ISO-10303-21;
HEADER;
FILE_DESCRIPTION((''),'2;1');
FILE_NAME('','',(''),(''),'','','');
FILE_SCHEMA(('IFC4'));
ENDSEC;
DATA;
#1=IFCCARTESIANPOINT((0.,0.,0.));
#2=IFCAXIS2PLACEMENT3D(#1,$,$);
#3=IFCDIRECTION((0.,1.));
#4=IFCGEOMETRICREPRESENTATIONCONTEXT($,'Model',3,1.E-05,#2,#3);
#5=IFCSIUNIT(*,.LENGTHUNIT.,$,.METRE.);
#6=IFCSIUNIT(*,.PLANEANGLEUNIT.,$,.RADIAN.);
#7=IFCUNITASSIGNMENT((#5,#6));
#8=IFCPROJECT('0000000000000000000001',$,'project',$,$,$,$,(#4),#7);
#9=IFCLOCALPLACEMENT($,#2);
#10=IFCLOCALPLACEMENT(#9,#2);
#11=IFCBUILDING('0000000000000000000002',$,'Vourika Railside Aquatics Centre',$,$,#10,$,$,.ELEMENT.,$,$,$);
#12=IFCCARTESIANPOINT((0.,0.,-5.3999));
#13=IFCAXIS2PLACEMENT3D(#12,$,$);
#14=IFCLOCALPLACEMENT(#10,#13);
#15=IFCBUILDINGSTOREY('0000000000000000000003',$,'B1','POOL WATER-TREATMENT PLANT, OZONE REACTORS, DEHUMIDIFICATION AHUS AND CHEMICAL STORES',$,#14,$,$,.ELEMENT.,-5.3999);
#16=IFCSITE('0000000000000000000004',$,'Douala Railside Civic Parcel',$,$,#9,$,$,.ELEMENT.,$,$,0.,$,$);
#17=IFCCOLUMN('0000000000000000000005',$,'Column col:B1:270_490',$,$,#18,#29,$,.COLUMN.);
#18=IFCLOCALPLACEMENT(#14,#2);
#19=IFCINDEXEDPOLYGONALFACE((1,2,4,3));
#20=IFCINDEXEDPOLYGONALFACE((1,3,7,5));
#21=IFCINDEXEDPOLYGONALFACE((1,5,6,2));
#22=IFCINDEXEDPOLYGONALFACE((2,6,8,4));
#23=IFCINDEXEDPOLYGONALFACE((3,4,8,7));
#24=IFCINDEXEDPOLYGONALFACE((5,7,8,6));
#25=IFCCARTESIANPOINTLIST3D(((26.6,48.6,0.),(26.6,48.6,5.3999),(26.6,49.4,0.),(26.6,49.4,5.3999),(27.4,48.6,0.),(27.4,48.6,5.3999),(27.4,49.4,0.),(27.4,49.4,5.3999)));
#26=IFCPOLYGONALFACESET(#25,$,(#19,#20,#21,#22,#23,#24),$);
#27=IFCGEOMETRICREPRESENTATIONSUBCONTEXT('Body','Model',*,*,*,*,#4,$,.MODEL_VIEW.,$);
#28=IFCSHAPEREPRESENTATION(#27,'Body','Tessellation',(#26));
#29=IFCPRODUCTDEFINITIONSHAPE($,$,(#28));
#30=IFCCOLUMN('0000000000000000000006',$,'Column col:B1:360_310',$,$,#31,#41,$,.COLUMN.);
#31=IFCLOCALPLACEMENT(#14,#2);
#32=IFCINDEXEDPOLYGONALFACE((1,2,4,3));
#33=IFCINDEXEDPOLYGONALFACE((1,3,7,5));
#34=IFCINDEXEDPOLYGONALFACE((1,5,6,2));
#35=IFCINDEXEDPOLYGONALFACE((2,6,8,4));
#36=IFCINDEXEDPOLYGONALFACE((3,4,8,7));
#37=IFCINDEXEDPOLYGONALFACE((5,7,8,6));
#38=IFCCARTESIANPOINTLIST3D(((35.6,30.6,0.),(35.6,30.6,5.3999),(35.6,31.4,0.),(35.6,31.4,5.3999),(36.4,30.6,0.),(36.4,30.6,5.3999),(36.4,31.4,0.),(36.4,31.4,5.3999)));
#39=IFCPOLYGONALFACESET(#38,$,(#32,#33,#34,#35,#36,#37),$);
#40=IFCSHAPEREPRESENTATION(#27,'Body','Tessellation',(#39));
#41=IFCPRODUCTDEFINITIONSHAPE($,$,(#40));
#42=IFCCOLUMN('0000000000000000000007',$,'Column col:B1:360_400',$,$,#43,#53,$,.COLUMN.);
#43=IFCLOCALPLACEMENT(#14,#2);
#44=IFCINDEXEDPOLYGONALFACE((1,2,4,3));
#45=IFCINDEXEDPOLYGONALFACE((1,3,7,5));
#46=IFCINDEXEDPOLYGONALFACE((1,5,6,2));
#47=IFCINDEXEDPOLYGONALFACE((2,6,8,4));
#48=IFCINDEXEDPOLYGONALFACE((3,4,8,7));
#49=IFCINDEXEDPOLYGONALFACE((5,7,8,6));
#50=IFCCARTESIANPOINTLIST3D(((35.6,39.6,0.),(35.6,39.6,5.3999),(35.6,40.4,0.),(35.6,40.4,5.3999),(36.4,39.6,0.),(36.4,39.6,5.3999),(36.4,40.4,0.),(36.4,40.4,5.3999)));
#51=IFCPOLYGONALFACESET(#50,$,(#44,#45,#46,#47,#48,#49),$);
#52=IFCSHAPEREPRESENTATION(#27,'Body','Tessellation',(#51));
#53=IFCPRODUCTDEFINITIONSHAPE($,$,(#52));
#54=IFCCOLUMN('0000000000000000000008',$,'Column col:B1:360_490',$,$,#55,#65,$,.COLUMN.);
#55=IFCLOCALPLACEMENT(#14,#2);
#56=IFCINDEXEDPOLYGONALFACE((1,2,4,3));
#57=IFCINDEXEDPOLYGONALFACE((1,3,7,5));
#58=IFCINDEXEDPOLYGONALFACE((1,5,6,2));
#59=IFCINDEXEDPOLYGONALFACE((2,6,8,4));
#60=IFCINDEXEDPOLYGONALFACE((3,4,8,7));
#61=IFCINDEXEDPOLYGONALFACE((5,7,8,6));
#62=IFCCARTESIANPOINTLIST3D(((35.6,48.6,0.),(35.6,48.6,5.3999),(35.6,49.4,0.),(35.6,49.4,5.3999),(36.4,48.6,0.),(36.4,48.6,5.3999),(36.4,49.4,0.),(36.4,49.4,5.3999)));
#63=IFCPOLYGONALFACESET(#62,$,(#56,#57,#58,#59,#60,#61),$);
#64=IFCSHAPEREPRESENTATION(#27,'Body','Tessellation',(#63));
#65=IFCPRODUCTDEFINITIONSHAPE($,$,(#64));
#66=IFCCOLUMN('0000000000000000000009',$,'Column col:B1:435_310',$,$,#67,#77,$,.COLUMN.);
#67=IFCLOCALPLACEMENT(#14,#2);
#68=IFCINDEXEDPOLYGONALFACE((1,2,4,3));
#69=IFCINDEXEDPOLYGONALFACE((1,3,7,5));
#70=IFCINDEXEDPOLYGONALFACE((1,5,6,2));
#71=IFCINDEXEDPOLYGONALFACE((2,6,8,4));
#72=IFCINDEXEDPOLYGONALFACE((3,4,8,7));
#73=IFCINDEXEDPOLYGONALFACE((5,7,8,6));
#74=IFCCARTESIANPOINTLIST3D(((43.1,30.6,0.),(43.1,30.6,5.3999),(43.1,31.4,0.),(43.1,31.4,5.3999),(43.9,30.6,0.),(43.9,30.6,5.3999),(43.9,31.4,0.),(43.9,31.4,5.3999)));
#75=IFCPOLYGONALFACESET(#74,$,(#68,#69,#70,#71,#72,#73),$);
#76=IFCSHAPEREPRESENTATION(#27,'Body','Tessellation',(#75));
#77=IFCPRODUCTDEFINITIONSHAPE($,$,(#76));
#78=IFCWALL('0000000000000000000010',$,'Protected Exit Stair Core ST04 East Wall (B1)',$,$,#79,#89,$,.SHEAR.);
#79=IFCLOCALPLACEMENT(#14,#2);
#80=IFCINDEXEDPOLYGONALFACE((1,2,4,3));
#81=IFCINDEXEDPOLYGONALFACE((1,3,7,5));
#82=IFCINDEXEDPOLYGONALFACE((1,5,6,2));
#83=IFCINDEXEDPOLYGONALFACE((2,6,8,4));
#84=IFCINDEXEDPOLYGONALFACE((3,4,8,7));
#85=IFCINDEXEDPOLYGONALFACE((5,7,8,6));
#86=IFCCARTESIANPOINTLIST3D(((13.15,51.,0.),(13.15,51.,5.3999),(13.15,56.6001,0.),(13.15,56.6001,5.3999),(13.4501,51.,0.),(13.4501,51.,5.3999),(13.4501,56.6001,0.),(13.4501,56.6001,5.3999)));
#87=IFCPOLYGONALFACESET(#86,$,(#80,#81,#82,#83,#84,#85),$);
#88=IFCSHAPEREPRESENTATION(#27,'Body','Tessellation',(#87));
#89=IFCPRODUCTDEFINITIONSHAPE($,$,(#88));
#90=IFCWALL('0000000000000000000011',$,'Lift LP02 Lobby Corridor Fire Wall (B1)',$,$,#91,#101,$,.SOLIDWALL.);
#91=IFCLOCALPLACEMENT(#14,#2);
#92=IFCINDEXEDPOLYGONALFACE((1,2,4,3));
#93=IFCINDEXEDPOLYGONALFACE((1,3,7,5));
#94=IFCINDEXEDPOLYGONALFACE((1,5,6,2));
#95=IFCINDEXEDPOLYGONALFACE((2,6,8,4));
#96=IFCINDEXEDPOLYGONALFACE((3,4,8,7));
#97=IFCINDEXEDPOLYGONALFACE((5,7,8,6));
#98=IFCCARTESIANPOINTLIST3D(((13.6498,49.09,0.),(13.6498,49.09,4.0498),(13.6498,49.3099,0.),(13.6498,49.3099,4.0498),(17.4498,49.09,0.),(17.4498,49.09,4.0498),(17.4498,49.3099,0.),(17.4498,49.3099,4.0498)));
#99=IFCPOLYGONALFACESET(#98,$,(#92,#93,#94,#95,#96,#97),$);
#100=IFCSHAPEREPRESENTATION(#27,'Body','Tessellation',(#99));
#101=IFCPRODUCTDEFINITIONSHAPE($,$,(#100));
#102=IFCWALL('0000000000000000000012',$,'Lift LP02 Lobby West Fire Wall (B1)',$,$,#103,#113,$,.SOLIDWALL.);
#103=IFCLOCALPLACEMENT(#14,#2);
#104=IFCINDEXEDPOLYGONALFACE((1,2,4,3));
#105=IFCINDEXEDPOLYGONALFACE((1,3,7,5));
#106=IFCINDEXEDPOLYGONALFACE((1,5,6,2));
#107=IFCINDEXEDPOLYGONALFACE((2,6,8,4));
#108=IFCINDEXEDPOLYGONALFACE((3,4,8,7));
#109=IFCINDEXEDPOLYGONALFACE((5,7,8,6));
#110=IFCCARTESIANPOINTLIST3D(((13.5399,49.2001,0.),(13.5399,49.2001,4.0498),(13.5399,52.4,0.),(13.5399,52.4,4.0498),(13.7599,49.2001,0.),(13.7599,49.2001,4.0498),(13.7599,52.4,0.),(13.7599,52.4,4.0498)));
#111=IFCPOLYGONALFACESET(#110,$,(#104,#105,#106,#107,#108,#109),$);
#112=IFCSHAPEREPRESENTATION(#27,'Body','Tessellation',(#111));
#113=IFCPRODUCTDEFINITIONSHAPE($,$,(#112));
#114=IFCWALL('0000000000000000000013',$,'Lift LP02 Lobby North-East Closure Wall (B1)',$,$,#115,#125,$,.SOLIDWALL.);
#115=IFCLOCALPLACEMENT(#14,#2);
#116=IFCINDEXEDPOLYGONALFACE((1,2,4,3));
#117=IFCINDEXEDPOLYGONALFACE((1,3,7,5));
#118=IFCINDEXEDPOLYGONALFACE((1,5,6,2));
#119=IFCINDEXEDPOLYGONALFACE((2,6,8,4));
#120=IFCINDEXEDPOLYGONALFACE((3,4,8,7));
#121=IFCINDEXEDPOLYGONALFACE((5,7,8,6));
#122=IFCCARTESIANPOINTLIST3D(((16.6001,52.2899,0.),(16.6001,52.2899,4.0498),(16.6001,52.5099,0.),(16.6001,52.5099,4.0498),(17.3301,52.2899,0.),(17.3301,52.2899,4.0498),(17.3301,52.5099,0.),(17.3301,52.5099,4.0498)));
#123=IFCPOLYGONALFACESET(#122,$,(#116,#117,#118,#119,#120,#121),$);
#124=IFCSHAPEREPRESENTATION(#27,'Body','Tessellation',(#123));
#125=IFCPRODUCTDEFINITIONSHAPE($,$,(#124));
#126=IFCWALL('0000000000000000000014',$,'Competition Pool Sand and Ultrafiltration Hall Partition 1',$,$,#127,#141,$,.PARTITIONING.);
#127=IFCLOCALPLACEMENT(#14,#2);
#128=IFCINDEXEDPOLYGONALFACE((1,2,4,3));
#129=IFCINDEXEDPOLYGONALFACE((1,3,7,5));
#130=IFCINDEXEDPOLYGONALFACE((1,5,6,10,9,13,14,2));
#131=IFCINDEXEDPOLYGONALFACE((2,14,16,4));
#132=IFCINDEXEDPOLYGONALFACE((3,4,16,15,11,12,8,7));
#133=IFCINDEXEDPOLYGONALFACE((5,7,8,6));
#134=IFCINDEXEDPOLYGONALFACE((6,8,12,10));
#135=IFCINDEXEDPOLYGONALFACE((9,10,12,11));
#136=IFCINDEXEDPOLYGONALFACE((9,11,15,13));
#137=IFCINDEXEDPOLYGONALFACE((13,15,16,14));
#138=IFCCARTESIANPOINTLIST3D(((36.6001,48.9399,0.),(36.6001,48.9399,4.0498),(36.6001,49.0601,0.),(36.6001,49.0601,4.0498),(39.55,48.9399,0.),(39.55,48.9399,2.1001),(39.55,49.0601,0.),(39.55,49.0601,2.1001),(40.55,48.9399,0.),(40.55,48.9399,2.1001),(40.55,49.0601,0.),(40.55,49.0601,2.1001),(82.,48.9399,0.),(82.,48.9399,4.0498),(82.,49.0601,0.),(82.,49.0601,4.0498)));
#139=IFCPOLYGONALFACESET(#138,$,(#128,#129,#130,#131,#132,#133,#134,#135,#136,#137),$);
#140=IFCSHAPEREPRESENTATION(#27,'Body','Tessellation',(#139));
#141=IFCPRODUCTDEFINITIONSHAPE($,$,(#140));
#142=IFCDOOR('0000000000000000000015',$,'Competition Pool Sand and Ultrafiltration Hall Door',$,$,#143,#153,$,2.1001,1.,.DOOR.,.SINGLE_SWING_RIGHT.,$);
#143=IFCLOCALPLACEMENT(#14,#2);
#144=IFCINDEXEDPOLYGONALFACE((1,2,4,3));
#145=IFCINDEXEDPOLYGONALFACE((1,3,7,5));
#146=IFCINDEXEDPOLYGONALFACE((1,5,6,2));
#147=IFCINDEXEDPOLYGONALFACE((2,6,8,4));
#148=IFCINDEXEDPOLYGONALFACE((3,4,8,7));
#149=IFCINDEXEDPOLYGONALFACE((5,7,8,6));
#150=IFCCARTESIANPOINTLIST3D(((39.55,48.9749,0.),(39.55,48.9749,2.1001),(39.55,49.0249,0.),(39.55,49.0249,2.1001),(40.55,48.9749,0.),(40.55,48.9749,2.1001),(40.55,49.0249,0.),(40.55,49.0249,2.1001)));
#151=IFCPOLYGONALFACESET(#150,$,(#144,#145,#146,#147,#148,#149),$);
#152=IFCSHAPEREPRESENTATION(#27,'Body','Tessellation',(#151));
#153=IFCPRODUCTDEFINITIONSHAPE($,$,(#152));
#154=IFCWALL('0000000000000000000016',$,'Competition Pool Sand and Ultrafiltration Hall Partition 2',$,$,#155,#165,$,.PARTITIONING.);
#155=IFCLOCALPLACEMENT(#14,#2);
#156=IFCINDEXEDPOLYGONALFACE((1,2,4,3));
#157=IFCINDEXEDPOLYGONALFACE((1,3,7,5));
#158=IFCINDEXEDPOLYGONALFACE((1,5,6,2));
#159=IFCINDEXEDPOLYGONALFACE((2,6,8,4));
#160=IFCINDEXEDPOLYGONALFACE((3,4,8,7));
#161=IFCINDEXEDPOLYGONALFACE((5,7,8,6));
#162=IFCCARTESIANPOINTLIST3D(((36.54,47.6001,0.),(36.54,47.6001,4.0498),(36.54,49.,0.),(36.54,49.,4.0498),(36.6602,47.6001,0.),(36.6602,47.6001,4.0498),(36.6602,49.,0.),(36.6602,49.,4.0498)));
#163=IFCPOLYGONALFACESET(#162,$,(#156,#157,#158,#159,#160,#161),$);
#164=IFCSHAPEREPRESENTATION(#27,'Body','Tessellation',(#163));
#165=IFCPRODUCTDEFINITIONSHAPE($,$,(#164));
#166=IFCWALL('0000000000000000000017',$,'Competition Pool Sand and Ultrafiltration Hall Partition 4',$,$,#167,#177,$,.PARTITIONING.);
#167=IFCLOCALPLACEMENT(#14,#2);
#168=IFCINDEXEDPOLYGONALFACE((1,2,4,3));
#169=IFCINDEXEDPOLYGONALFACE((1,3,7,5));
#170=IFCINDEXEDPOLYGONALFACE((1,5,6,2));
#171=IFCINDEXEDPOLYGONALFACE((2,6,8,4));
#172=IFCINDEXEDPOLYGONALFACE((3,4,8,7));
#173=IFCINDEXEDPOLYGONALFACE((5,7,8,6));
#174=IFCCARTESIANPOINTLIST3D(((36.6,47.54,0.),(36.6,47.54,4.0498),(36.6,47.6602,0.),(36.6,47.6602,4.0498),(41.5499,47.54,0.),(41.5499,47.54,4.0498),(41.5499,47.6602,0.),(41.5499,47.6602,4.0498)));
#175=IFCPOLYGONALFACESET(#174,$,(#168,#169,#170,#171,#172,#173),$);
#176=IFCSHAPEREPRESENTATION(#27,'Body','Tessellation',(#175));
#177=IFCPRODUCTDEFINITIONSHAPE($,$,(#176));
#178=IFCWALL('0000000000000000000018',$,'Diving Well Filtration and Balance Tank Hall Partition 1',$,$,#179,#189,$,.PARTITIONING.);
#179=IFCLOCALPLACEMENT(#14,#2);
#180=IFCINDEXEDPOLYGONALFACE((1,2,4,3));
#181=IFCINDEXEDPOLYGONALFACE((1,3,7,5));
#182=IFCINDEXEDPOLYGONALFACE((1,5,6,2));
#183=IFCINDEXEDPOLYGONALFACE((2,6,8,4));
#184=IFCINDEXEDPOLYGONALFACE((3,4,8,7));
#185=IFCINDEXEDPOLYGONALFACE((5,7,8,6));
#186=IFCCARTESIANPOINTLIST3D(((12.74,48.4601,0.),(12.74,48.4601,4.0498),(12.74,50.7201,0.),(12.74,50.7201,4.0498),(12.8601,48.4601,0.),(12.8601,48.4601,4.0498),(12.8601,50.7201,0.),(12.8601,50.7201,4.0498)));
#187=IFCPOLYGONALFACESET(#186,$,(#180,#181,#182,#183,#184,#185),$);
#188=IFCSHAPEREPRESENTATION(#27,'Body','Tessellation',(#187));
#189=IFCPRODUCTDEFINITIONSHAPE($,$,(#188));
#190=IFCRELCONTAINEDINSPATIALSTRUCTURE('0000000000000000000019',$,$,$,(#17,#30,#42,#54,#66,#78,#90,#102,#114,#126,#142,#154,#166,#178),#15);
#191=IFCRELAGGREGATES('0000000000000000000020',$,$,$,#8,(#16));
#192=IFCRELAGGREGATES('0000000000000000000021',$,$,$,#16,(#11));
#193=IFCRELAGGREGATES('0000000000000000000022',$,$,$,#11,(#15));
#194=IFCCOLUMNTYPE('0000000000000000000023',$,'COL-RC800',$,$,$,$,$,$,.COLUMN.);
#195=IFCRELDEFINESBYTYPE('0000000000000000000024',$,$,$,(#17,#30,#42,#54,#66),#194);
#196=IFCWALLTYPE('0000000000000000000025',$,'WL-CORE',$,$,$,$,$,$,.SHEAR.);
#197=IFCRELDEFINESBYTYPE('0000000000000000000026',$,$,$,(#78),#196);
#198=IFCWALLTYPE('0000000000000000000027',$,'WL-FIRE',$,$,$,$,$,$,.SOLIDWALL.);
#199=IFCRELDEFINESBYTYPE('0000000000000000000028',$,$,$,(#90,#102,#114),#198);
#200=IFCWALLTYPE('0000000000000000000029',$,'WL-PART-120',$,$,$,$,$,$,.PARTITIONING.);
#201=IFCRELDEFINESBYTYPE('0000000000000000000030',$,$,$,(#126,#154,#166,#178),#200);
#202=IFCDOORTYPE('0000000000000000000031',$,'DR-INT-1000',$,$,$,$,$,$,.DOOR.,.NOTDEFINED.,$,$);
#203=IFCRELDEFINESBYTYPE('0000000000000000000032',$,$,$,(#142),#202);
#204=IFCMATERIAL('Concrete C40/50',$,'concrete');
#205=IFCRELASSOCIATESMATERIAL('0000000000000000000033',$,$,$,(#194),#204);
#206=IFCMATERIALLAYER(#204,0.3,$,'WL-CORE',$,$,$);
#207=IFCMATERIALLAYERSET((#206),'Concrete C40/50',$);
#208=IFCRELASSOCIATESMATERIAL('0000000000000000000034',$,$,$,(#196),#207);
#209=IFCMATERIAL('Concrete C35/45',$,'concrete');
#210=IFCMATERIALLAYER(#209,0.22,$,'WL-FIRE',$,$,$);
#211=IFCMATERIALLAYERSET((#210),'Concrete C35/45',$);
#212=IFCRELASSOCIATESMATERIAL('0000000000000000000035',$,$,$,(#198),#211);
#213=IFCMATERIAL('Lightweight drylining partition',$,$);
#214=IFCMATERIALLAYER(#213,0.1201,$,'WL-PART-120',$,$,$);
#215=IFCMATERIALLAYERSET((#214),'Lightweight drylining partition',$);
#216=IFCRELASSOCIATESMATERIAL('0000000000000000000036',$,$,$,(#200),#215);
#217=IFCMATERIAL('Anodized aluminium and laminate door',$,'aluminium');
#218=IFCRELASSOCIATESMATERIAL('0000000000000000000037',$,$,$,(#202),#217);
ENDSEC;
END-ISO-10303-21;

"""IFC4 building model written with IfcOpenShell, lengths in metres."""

from ifc_helpers import new_model, si_unit, direction, frame, frame_2d, origin, origin_2d, place, context, subcontext, project, spatial, rectangle, extrude, material, layer, layer_set, material_profile, profile_set, type_object, element, fill, save


model = new_model("IFC4")

# Units and contexts
model_context = context("Model", 3, precision=1e-05, world=origin(), true_north=direction((0.0, 1.0)))
body_context = subcontext(model_context, "Body", "Model", "MODEL_VIEW")
ifc_project = project(units=[si_unit("LENGTHUNIT", "METRE"), si_unit("PLANEANGLEUNIT", "RADIAN")], contexts=[model_context])

# Site, building, storey
site_placement = place(None, origin())
site = spatial("IfcSite", under=ifc_project, at=site_placement, Name="Douala Railside Civic Parcel", CompositionType="ELEMENT", RefElevation=0.0)
building_placement = place(site_placement, origin())
building = spatial("IfcBuilding", under=site, at=building_placement, Name="Vourika Railside Aquatics Centre", CompositionType="ELEMENT")
storey_placement = place(building_placement, frame((0.0, 0.0, -5.3999)))
storey = spatial("IfcBuildingStorey", under=building, at=storey_placement, Name="B1", Description="POOL WATER-TREATMENT PLANT, OZONE REACTORS, DEHUMIDIFICATION AHUS AND CHEMICAL STORES", CompositionType="ELEMENT", Elevation=-5.3999)

# Shared definitions
ifc_material_1 = material(Name="Concrete C40/50", Category="concrete")

# Columns
ifc_material_profile_1 = material_profile(ifc_material_1, rectangle(XDim=0.8, YDim=0.8, at=origin_2d()), Name="RC 800x800")
ifc_profile_set_1 = profile_set([ifc_material_profile_1], Name="Concrete C40/50")
column_type_1 = type_object("IfcColumnType", Name="COL-RC800", PredefinedType="COLUMN", material=ifc_profile_set_1)
for number, where, z_axis, x_axis, name in (
    (1, (27.0, 49.0, 0.0), (0.0, 0.0, 1.0), (1.0, 0.0, 0.0), "Column col:B1:270_490"),
    (2, (36.0, 31.0, 0.0), (0.0, 0.0, 1.0), (1.0, 0.0, 0.0), "Column col:B1:360_310"),
    (3, (36.0, 40.0, 0.0), (0.0, 0.0, 1.0), (1.0, 0.0, 0.0), "Column col:B1:360_400"),
    (4, (36.0, 49.0, 0.0), (0.0, 0.0, 1.0), (1.0, 0.0, 0.0), "Column col:B1:360_490"),
    (5, (43.5, 31.0, 0.0), (0.0, 0.0, 1.0), (1.0, 0.0, 0.0), "Column col:B1:435_310"),
):
    element("IfcColumn", number, at=place(storey_placement, frame(where, z_axis=z_axis, x_axis=x_axis)), inside=storey, type_object=column_type_1, Name=name, PredefinedType="COLUMN", context=body_context, shape_type="SweptSolid", body=[
        extrude(rectangle(XDim=0.8, YDim=0.8, at=origin_2d()), origin(), (0.0, 0.0, 1.0), 5.3999),
    ])

# Walls
ifc_layer_1 = layer(ifc_material_1, 0.3, Name="WL-CORE")
ifc_layer_set_1 = layer_set([ifc_layer_1], Name="Concrete C40/50")
wall_type_1 = type_object("IfcWallType", Name="WL-CORE", PredefinedType="SHEAR", material=ifc_layer_set_1)
wall_1_placement = place(storey_placement, frame((13.3, 51.0, 0.0), z_axis=(0.0, 0.0, 1.0), x_axis=(0.0, 1.0, 0.0)))
element("IfcWall", 6, at=wall_1_placement, inside=storey, type_object=wall_type_1, Name="Protected Exit Stair Core ST04 East Wall (B1)", PredefinedType="SHEAR", context=body_context, shape_type="SweptSolid", body=[
    extrude(rectangle(XDim=5.6001, YDim=0.3, at=frame_2d((2.8, 0.0))), origin(), (0.0, 0.0, 1.0), 5.3999),
])
ifc_material_2 = material(Name="Concrete C35/45", Category="concrete")
ifc_layer_2 = layer(ifc_material_2, 0.22, Name="WL-FIRE")
ifc_layer_set_2 = layer_set([ifc_layer_2], Name="Concrete C35/45")
wall_type_2 = type_object("IfcWallType", Name="WL-FIRE", PredefinedType="SOLIDWALL", material=ifc_layer_set_2)
wall_2_placement = place(storey_placement, frame((13.6499, 49.2, 0.0), z_axis=(0.0, 0.0, 1.0), x_axis=(1.0, 0.0, 0.0)))
element("IfcWall", 7, at=wall_2_placement, inside=storey, type_object=wall_type_2, Name="Lift LP02 Lobby Corridor Fire Wall (B1)", PredefinedType="SOLIDWALL", context=body_context, shape_type="SweptSolid", body=[
    extrude(rectangle(XDim=3.8, YDim=0.22, at=frame_2d((1.8999, 0.0))), origin(), (0.0, 0.0, 1.0), 4.0498),
])
wall_3_placement = place(storey_placement, frame((13.6499, 49.2, 0.0), z_axis=(0.0, 0.0, 1.0), x_axis=(0.0, 1.0, 0.0)))
element("IfcWall", 8, at=wall_3_placement, inside=storey, type_object=wall_type_2, Name="Lift LP02 Lobby West Fire Wall (B1)", PredefinedType="SOLIDWALL", context=body_context, shape_type="SweptSolid", body=[
    extrude(rectangle(XDim=3.2, YDim=0.22, at=frame_2d((1.6001, 0.0))), origin(), (0.0, 0.0, 1.0), 4.0498),
])

# Wall
wall_4_placement = place(storey_placement, frame((16.6001, 52.3999, 0.0), z_axis=(0.0, 0.0, 1.0), x_axis=(1.0, 0.0, 0.0)))
element("IfcWall", 9, at=wall_4_placement, inside=storey, type_object=wall_type_2, Name="Lift LP02 Lobby North-East Closure Wall (B1)", PredefinedType="SOLIDWALL", context=body_context, shape_type="SweptSolid", body=[
    extrude(rectangle(XDim=0.73, YDim=0.22, at=frame_2d((0.365, 0.0))), origin(), (0.0, 0.0, 1.0), 4.0498),
])

# Wall, opening, door
ifc_material_3 = material(Name="Lightweight drylining partition")
ifc_layer_3 = layer(ifc_material_3, 0.1201, Name="WL-PART-120")
ifc_layer_set_3 = layer_set([ifc_layer_3], Name="Lightweight drylining partition")
wall_type_3 = type_object("IfcWallType", Name="WL-PART-120", PredefinedType="PARTITIONING", material=ifc_layer_set_3)
wall_5_placement = place(storey_placement, frame((36.6001, 49.0, 0.0), z_axis=(0.0, 0.0, 1.0), x_axis=(1.0, 0.0, 0.0)))
wall_5 = element("IfcWall", 10, at=wall_5_placement, inside=storey, type_object=wall_type_3, Name="Competition Pool Sand and Ultrafiltration Hall Partition 1", PredefinedType="PARTITIONING", context=body_context, shape_type="SweptSolid", body=[
    extrude(rectangle(XDim=45.3999, YDim=0.1201, at=frame_2d((22.7, 0.0))), origin(), (0.0, 0.0, 1.0), 4.0498),
])
opening_1_placement = place(wall_5_placement, frame((2.95, 0.0, 0.0)))
opening_1 = element("IfcOpeningElement", 11, at=opening_1_placement, cuts=wall_5, PredefinedType="OPENING", context=body_context, shape_type="SweptSolid", body=[
    extrude(rectangle(XDim=1.0, YDim=2.1001, at=frame_2d((0.5, 1.05))), frame((0.0, 0.0701, 0.0), z_axis=(0.0, -1.0, 0.0), x_axis=(1.0, 0.0, 0.0)), (0.0, 0.0, 1.0), 0.1401),
])
ifc_material_4 = material(Name="Anodized aluminium and laminate door", Category="aluminium")
door_type_1 = type_object("IfcDoorType", Name="DR-INT-1000", OperationType="NOTDEFINED", PredefinedType="DOOR", material=ifc_material_4)
door_1_placement = place(opening_1_placement, origin())
door_1 = element("IfcDoor", 12, at=door_1_placement, inside=storey, type_object=door_type_1, Name="Competition Pool Sand and Ultrafiltration Hall Door", OperationType="SINGLE_SWING_RIGHT", OverallHeight=2.1001, OverallWidth=1.0, PredefinedType="DOOR", context=body_context, shape_type="SweptSolid", body=[
    extrude(rectangle(XDim=1.0, YDim=2.1001, at=frame_2d((0.5, 1.05))), frame((0.0, 0.0249, 0.0), z_axis=(0.0, -1.0, 0.0), x_axis=(1.0, 0.0, 0.0)), (0.0, 0.0, 1.0), 0.05),
])
fill(opening_1, door_1)

# Walls
wall_6_placement = place(storey_placement, frame((36.6001, 47.6001, 0.0), z_axis=(0.0, 0.0, 1.0), x_axis=(0.0, 1.0, 0.0)))
element("IfcWall", 13, at=wall_6_placement, inside=storey, type_object=wall_type_3, Name="Competition Pool Sand and Ultrafiltration Hall Partition 2", PredefinedType="PARTITIONING", context=body_context, shape_type="SweptSolid", body=[
    extrude(rectangle(XDim=1.3999, YDim=0.1201, at=frame_2d((0.7, 0.0))), origin(), (0.0, 0.0, 1.0), 4.0498),
])
wall_7_placement = place(storey_placement, frame((41.55, 47.6001, 0.0), z_axis=(0.0, 0.0, 1.0), x_axis=(-1.0, 0.0, 0.0)))
element("IfcWall", 14, at=wall_7_placement, inside=storey, type_object=wall_type_3, Name="Competition Pool Sand and Ultrafiltration Hall Partition 4", PredefinedType="PARTITIONING", context=body_context, shape_type="SweptSolid", body=[
    extrude(rectangle(XDim=4.95, YDim=0.1201, at=frame_2d((2.4751, 0.0))), origin(), (0.0, 0.0, 1.0), 4.0498),
])
wall_8_placement = place(storey_placement, frame((12.8, 50.72, 0.0), z_axis=(0.0, 0.0, 1.0), x_axis=(0.0, -1.0, 0.0)))
element("IfcWall", 15, at=wall_8_placement, inside=storey, type_object=wall_type_3, Name="Diving Well Filtration and Balance Tank Hall Partition 1", PredefinedType="PARTITIONING", context=body_context, shape_type="SweptSolid", body=[
    extrude(rectangle(XDim=2.26, YDim=0.1201, at=frame_2d((1.1299, 0.0))), origin(), (0.0, 0.0, 1.0), 4.0498),
])

save(model, "model.ifc")
